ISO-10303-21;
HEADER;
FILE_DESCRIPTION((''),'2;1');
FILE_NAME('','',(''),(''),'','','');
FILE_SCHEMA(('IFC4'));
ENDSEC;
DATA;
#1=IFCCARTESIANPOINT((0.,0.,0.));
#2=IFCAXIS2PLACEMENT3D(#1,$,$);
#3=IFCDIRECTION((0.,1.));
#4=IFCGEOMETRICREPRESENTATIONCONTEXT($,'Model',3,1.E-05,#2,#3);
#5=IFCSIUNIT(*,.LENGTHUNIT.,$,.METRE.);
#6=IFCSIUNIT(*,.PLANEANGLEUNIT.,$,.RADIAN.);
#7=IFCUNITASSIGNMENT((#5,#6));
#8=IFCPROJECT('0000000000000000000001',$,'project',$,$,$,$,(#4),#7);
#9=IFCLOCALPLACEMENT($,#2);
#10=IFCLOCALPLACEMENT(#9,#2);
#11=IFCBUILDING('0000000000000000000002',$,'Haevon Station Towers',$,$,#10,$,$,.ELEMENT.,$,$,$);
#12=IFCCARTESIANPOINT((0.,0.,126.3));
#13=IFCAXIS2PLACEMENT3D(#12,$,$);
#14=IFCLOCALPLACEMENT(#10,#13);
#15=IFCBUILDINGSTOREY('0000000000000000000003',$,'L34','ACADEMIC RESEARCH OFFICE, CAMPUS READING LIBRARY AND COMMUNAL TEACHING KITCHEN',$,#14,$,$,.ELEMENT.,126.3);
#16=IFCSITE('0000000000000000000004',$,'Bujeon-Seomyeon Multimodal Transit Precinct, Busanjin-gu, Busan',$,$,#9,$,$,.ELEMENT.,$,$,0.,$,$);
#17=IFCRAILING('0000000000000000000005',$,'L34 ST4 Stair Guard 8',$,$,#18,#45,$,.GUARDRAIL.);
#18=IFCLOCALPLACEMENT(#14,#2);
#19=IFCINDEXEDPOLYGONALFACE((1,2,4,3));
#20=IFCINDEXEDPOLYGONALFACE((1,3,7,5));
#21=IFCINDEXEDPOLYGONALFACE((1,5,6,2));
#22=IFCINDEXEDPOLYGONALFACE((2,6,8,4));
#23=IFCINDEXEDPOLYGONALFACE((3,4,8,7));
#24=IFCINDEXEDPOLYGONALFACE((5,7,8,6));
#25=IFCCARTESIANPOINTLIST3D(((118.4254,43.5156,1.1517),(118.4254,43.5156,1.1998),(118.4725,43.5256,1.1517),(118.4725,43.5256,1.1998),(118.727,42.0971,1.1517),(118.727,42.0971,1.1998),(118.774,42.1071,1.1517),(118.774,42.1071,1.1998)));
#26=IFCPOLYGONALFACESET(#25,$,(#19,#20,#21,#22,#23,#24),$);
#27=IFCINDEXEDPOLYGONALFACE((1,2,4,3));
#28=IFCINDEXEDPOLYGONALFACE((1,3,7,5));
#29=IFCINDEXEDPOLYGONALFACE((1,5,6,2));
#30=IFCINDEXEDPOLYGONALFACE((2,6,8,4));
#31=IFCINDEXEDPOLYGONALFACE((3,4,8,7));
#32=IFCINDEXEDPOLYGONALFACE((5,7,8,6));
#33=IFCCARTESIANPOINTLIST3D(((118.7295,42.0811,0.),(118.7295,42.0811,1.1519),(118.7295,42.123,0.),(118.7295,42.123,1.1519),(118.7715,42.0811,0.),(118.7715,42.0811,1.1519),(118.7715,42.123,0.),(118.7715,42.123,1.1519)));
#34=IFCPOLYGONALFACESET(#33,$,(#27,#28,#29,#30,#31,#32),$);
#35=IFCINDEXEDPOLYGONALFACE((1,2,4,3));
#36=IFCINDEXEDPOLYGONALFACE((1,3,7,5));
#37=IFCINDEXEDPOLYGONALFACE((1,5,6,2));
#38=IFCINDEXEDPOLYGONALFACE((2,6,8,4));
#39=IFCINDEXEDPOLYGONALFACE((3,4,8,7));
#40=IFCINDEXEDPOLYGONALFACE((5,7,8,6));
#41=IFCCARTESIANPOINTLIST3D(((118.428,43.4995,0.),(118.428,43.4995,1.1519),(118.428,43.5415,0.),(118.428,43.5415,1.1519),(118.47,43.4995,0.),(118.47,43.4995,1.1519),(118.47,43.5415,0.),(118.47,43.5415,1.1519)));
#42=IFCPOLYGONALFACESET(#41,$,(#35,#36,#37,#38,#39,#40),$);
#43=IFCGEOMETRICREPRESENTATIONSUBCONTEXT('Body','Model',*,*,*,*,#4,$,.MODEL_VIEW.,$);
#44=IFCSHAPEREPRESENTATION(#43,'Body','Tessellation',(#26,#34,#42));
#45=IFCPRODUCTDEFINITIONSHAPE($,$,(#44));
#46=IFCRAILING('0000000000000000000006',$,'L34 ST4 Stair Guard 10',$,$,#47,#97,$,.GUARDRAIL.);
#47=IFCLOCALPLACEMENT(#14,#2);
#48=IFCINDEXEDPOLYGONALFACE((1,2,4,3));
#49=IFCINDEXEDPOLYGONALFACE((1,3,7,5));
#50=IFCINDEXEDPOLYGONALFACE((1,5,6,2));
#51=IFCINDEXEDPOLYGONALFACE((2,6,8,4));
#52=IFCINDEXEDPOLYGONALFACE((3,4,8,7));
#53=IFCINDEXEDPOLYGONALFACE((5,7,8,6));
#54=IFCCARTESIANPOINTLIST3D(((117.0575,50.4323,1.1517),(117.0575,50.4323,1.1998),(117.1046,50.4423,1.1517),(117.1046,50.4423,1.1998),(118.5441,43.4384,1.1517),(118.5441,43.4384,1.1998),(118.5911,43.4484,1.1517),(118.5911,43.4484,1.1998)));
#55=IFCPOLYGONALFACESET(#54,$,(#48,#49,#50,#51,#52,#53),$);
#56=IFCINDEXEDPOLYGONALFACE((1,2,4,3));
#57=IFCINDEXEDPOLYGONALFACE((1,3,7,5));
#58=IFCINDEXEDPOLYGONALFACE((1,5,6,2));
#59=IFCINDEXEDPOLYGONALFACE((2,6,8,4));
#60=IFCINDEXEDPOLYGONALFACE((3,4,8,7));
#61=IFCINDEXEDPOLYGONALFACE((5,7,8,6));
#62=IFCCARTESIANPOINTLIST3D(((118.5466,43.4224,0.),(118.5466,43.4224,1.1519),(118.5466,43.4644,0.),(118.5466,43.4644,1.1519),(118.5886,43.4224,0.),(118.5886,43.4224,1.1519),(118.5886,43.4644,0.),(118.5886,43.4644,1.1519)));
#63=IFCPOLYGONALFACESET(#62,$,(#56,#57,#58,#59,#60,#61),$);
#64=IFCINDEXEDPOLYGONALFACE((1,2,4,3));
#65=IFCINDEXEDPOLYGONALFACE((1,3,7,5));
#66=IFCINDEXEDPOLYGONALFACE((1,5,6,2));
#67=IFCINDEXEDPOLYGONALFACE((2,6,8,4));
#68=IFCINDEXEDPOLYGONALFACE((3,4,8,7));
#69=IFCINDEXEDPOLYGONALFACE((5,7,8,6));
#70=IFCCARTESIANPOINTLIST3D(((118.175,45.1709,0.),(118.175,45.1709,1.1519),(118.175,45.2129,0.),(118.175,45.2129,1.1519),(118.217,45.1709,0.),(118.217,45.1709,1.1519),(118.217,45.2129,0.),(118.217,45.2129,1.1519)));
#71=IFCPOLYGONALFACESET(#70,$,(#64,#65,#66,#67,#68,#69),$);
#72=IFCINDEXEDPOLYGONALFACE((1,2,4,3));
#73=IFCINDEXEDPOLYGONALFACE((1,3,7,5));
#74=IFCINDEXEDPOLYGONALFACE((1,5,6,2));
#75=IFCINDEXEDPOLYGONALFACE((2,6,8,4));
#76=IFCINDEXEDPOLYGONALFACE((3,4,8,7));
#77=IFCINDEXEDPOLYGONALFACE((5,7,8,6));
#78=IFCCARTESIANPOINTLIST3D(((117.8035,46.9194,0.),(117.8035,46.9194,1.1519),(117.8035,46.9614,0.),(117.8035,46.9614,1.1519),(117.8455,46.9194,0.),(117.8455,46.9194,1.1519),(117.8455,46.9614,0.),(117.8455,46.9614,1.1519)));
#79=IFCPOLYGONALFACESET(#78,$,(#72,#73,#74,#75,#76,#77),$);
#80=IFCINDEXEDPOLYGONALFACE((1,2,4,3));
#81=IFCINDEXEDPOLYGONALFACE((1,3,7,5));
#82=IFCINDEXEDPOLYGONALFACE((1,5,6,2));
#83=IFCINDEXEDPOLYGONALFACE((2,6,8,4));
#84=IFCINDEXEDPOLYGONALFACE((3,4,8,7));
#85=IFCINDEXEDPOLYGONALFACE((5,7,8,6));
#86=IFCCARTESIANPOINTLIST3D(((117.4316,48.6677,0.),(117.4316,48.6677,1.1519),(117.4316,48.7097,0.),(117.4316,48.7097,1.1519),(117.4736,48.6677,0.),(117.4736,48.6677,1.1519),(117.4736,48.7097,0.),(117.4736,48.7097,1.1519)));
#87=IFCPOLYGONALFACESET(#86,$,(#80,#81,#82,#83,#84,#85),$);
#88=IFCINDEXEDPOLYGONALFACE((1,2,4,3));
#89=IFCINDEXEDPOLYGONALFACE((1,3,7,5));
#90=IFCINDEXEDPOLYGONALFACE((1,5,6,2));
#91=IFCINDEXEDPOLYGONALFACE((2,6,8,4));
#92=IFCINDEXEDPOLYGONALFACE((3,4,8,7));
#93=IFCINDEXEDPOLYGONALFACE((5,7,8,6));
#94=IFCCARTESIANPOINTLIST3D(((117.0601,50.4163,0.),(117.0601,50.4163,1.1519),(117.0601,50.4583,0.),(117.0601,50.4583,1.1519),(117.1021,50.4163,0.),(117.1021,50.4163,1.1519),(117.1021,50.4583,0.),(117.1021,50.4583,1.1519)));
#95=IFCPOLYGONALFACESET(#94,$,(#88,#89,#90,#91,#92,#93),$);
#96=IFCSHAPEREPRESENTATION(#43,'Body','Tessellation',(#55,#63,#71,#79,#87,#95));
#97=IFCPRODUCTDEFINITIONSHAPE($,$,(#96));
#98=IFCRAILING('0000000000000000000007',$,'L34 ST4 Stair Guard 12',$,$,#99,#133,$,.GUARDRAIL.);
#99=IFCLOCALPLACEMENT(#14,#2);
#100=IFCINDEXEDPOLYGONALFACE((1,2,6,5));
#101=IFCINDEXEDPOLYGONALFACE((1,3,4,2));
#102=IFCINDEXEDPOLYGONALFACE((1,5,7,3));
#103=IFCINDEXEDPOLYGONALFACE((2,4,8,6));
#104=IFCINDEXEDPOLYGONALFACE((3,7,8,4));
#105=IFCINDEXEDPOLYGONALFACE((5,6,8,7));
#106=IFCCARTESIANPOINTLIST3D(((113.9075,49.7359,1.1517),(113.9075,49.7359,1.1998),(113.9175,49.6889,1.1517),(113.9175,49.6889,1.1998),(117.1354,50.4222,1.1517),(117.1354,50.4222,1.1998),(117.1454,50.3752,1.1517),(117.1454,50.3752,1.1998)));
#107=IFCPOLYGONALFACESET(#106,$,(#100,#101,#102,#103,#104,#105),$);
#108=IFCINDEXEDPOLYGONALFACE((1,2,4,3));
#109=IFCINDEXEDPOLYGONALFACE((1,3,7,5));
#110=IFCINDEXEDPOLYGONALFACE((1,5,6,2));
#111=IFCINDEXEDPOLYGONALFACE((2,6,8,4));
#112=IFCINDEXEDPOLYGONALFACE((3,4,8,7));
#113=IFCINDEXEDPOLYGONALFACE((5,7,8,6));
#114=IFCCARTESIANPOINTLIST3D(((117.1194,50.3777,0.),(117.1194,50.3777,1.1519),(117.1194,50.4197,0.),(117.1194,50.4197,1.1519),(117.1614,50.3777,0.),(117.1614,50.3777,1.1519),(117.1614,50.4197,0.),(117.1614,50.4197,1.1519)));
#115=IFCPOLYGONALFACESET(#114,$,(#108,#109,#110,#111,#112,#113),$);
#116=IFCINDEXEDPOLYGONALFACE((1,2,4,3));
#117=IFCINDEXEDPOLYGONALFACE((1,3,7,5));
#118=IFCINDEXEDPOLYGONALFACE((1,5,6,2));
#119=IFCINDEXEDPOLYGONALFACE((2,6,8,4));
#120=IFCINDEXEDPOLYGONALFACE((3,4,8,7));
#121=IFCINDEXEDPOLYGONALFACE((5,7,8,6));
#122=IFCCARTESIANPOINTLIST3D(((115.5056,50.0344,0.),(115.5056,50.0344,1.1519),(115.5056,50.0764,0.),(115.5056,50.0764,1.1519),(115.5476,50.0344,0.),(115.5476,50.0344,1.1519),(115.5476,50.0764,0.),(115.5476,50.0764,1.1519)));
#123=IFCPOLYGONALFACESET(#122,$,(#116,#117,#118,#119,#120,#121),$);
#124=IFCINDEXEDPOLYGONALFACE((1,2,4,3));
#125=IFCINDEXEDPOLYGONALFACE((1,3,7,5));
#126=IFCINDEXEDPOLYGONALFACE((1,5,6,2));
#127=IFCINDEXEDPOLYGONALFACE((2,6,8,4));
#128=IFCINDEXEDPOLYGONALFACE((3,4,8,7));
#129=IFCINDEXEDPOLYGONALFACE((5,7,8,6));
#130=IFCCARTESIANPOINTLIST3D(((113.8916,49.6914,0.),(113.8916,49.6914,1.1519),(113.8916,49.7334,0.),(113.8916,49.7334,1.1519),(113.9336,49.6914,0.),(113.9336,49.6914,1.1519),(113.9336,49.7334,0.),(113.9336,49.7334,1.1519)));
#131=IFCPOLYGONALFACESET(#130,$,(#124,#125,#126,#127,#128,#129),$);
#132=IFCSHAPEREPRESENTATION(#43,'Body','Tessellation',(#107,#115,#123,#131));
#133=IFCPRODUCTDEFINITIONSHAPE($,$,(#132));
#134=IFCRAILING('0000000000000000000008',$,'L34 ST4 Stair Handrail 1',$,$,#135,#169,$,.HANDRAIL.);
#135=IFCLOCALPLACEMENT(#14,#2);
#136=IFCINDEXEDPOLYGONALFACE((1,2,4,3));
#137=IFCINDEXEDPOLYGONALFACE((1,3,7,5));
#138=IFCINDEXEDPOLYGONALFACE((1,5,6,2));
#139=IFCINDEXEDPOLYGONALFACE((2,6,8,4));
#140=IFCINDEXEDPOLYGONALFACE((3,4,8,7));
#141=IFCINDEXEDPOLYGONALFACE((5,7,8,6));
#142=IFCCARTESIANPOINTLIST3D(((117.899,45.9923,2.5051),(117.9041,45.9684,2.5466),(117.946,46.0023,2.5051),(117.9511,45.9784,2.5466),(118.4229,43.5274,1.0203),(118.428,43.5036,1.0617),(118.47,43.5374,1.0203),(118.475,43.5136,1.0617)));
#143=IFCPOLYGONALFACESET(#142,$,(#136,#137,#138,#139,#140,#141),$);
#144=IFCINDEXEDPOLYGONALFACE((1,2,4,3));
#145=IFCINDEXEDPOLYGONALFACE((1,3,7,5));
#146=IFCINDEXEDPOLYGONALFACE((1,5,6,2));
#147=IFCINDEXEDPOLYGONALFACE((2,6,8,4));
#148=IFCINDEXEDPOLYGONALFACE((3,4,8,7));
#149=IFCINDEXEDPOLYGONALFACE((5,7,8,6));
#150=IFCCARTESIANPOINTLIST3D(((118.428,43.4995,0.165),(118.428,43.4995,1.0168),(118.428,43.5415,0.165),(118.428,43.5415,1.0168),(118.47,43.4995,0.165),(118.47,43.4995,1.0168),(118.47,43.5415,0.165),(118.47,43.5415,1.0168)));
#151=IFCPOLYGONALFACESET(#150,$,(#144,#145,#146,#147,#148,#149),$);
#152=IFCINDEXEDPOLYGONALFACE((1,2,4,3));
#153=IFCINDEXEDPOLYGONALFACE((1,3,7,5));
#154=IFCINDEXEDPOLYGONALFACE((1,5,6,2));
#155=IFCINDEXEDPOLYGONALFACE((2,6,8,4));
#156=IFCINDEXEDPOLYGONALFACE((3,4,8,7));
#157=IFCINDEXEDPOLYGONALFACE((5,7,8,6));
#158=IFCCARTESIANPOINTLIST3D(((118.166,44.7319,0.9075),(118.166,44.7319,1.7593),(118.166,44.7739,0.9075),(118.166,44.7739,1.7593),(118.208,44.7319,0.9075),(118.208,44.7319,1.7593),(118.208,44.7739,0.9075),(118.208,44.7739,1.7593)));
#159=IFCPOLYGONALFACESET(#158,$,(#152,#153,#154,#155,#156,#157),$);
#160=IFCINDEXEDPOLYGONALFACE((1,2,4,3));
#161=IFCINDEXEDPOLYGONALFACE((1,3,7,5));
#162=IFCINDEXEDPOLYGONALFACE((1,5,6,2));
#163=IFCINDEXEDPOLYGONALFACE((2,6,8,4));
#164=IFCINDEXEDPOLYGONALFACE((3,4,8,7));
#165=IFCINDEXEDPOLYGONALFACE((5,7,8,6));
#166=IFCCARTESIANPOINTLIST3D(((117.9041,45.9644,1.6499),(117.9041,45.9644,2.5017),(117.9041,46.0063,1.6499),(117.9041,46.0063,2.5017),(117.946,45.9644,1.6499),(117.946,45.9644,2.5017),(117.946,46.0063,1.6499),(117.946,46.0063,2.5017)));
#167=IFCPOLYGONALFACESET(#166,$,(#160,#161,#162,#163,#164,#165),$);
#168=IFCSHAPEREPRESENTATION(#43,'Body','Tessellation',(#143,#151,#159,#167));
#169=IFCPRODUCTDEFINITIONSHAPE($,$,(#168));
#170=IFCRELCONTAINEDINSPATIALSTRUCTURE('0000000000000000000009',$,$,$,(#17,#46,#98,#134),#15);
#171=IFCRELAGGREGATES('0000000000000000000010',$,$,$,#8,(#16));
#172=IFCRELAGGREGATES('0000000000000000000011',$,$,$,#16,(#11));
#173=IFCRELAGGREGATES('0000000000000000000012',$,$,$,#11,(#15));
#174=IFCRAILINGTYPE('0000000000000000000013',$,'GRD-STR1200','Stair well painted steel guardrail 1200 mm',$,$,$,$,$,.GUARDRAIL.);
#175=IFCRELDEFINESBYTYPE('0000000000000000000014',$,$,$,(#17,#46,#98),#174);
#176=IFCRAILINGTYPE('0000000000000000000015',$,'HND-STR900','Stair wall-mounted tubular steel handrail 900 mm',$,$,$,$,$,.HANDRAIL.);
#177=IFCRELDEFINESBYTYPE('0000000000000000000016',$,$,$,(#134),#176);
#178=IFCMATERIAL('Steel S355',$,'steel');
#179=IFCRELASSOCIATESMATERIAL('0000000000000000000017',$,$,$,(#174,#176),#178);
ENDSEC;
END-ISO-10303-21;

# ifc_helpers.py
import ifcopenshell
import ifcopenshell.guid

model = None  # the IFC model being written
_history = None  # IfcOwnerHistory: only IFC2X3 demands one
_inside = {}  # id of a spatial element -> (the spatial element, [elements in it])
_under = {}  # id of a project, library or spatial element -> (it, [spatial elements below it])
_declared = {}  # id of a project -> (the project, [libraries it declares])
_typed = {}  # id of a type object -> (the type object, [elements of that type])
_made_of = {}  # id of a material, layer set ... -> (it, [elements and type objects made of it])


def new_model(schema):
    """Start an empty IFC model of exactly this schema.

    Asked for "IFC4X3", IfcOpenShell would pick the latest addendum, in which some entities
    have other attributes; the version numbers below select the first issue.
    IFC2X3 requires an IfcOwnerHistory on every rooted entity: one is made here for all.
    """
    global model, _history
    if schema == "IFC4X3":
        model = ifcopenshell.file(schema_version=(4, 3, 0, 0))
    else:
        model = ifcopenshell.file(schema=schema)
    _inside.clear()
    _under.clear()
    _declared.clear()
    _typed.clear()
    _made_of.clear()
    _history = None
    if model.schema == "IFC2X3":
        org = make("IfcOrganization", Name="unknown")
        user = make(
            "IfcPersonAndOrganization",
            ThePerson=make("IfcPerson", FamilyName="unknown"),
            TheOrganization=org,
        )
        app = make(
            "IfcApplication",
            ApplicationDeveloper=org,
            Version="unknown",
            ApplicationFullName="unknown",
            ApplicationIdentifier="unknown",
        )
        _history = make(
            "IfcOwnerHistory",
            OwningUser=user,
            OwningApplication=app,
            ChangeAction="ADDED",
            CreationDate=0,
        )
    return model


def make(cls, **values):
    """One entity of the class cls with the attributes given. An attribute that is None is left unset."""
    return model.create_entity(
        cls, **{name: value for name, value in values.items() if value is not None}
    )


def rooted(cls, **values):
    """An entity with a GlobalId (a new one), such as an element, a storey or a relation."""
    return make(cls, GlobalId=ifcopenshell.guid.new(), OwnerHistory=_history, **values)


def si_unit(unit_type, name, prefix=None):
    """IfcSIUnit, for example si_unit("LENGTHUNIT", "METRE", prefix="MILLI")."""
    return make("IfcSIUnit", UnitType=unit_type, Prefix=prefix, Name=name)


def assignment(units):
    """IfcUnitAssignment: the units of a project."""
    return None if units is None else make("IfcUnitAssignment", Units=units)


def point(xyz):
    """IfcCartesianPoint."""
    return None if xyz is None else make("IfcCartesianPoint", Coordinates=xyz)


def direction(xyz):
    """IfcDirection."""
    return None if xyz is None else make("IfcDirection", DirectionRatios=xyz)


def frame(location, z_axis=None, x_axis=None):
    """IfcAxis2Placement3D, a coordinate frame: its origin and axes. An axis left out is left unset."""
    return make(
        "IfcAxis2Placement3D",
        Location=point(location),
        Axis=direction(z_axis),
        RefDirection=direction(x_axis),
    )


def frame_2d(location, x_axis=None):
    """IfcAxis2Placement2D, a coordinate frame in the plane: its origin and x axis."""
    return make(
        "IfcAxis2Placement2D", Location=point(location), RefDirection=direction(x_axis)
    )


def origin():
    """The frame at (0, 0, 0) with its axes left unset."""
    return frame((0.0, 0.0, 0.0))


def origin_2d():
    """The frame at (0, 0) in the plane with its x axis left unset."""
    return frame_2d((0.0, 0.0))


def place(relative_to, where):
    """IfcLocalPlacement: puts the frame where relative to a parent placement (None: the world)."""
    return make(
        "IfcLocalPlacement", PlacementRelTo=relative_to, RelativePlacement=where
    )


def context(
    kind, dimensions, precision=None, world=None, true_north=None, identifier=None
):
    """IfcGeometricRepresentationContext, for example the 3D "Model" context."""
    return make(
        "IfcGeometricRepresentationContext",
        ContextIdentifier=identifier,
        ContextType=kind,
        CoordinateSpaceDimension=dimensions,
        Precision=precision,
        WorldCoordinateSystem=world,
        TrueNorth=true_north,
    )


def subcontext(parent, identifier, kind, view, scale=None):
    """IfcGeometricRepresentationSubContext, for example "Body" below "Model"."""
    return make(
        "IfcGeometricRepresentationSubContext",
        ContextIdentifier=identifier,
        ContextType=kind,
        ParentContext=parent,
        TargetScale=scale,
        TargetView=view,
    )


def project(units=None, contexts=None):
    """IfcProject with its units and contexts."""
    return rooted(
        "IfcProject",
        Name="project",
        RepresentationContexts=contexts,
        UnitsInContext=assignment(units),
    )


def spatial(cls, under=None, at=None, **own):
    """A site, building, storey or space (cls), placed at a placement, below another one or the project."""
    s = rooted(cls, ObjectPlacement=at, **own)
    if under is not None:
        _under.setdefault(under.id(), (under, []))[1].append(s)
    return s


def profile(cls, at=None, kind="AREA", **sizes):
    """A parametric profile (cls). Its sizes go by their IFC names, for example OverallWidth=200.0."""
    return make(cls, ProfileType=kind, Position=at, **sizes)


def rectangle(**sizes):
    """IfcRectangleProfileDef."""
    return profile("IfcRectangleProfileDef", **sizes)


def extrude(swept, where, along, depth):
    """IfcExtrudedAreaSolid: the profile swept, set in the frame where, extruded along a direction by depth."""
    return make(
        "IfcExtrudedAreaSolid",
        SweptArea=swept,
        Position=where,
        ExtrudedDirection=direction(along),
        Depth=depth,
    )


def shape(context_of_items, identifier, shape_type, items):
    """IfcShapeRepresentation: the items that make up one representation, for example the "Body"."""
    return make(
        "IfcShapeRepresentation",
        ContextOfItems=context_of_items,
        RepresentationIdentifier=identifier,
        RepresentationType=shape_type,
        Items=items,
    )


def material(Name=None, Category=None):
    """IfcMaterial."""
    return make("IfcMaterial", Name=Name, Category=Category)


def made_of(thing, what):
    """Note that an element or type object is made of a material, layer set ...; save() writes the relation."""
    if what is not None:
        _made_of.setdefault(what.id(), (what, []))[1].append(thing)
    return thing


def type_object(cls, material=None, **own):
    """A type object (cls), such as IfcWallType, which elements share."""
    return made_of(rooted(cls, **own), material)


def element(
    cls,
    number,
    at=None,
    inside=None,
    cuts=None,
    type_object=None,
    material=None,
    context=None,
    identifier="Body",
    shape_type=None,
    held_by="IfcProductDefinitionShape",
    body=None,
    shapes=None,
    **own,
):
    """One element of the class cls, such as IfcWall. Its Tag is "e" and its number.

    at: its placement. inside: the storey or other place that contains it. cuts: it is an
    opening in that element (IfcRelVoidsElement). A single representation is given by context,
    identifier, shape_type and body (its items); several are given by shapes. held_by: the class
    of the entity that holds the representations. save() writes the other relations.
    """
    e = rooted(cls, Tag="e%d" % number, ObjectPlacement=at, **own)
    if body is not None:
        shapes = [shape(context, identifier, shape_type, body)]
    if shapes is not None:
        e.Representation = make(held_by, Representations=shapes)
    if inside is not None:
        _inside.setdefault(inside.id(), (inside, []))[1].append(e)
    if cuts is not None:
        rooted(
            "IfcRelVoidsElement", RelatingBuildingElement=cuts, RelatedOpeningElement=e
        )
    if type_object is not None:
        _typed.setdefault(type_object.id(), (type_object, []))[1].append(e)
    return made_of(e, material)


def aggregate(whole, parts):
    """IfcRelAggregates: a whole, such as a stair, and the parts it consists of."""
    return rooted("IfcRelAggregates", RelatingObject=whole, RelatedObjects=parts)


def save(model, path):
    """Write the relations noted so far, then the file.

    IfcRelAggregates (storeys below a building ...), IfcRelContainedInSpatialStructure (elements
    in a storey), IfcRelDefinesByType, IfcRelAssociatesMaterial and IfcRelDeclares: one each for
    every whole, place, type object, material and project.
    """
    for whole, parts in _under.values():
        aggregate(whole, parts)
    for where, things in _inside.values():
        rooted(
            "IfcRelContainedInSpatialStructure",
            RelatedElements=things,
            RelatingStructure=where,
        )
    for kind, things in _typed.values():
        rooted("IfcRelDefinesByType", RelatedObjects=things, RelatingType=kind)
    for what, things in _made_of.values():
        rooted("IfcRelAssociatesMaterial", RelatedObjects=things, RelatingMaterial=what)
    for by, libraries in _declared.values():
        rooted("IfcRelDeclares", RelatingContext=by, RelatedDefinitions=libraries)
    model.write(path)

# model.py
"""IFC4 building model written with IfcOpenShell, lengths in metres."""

from ifc_helpers import new_model, si_unit, direction, frame, origin, origin_2d, place, context, subcontext, project, spatial, rectangle, extrude, material, type_object, element, save


model = new_model("IFC4")

# Units and contexts
model_context = context("Model", 3, precision=1e-05, world=origin(), true_north=direction((0.0, 1.0)))
body_context = subcontext(model_context, "Body", "Model", "MODEL_VIEW")
ifc_project = project(units=[si_unit("LENGTHUNIT", "METRE"), si_unit("PLANEANGLEUNIT", "RADIAN")], contexts=[model_context])

# Site, building, storey
site_placement = place(None, origin())
site = spatial("IfcSite", under=ifc_project, at=site_placement, Name="Bujeon-Seomyeon Multimodal Transit Precinct, Busanjin-gu, Busan", CompositionType="ELEMENT", RefElevation=0.0)
building_placement = place(site_placement, origin())
building = spatial("IfcBuilding", under=site, at=building_placement, Name="Haevon Station Towers", CompositionType="ELEMENT")
storey_placement = place(building_placement, frame((0.0, 0.0, 126.3)))
storey = spatial("IfcBuildingStorey", under=building, at=storey_placement, Name="L34", Description="ACADEMIC RESEARCH OFFICE, CAMPUS READING LIBRARY AND COMMUNAL TEACHING KITCHEN", CompositionType="ELEMENT", Elevation=126.3)

# Shared definitions
ifc_material_1 = material(Name="Steel S355", Category="steel")

# Railings
railing_type_1 = type_object("IfcRailingType", Name="GRD-STR1200", Description="Stair well painted steel guardrail 1200 mm", PredefinedType="GUARDRAIL", material=ifc_material_1)
railing_1_placement = place(storey_placement, frame((118.7505, 42.1021, 0.0)))
element("IfcRailing", 1, at=railing_1_placement, inside=storey, type_object=railing_type_1, Name="L34 ST4 Stair Guard 8", PredefinedType="GUARDRAIL", context=body_context, shape_type="SweptSolid", body=[
    extrude(rectangle(XDim=0.0481, YDim=0.0481, at=origin_2d()), frame((0.0, 0.0, 1.1758), z_axis=(-0.207919, 0.978146, 0.0), x_axis=(-0.978146, -0.207919, 0.0)), (0.0, 0.0, 1.0), 1.4502),
    extrude(rectangle(XDim=0.042, YDim=0.042, at=origin_2d()), origin(), (0.0, 0.0, 1.0), 1.1519),
    extrude(rectangle(XDim=0.042, YDim=0.042, at=origin_2d()), frame((-0.3015, 1.4185, 0.0)), (0.0, 0.0, 1.0), 1.1519),
])
railing_2_placement = place(storey_placement, frame((118.5676, 43.4434, 0.0)))
element("IfcRailing", 2, at=railing_2_placement, inside=storey, type_object=railing_type_1, Name="L34 ST4 Stair Guard 10", PredefinedType="GUARDRAIL", context=body_context, shape_type="SweptSolid", body=[
    extrude(rectangle(XDim=0.0481, YDim=0.0481, at=origin_2d()), frame((0.0, 0.0, 1.1758), z_axis=(-0.207908, 0.978148, 0.0), x_axis=(-0.978148, -0.207908, 0.0)), (0.0, 0.0, 1.0), 7.1501),
    extrude(rectangle(XDim=0.042, YDim=0.042, at=origin_2d()), origin(), (0.0, 0.0, 1.0), 1.1519),
    extrude(rectangle(XDim=0.042, YDim=0.042, at=origin_2d()), frame((-0.3716, 1.7485, 0.0)), (0.0, 0.0, 1.0), 1.1519),
    extrude(rectangle(XDim=0.042, YDim=0.042, at=origin_2d()), frame((-0.7432, 3.4971, 0.0)), (0.0, 0.0, 1.0), 1.1519),
    extrude(rectangle(XDim=0.042, YDim=0.042, at=origin_2d()), frame((-1.115, 5.2454, 0.0)), (0.0, 0.0, 1.0), 1.1519),
    extrude(rectangle(XDim=0.042, YDim=0.042, at=origin_2d()), frame((-1.4866, 6.9939, 0.0)), (0.0, 0.0, 1.0), 1.1519),
])
railing_3_placement = place(storey_placement, frame((117.1404, 50.3987, 0.0)))
element("IfcRailing", 3, at=railing_3_placement, inside=storey, type_object=railing_type_1, Name="L34 ST4 Stair Guard 12", PredefinedType="GUARDRAIL", context=body_context, shape_type="SweptSolid", body=[
    extrude(rectangle(XDim=0.0481, YDim=0.0481, at=origin_2d()), frame((0.0, 0.0, 1.1758), z_axis=(-0.978136, -0.207968, 0.0), x_axis=(0.207968, -0.978136, 0.0)), (0.0, 0.0, 1.0), 3.3),
    extrude(rectangle(XDim=0.042, YDim=0.042, at=origin_2d()), origin(), (0.0, 0.0, 1.0), 1.1519),
    extrude(rectangle(XDim=0.042, YDim=0.042, at=origin_2d()), frame((-1.6138, -0.3433, 0.0)), (0.0, 0.0, 1.0), 1.1519),
    extrude(rectangle(XDim=0.042, YDim=0.042, at=origin_2d()), frame((-3.2278, -0.6863, 0.0)), (0.0, 0.0, 1.0), 1.1519),
])
railing_type_2 = type_object("IfcRailingType", Name="HND-STR900", Description="Stair wall-mounted tubular steel handrail 900 mm", PredefinedType="HANDRAIL", material=ifc_material_1)
railing_4_placement = place(storey_placement, frame((118.449, 43.5205, 0.165)))
element("IfcRailing", 4, at=railing_4_placement, inside=storey, type_object=railing_type_2, Name="L34 ST4 Stair Handrail 1", PredefinedType="HANDRAIL", context=body_context, shape_type="SweptSolid", body=[
    extrude(rectangle(XDim=0.0481, YDim=0.0481, at=origin_2d()), frame((0.0, 0.0, 0.876), z_axis=(-0.179129, 0.842724, 0.507671), x_axis=(-0.978147, -0.207914, 0.0)), (0.0, 0.0, 1.0), 2.9248),
    extrude(rectangle(XDim=0.042, YDim=0.042, at=origin_2d()), origin(), (0.0, 0.0, 1.0), 0.8518),
    extrude(rectangle(XDim=0.042, YDim=0.042, at=origin_2d()), frame((-0.262, 1.2324, 0.7424)), (0.0, 0.0, 1.0), 0.8518),
    extrude(rectangle(XDim=0.042, YDim=0.042, at=origin_2d()), frame((-0.5239, 2.4648, 1.4849)), (0.0, 0.0, 1.0), 0.8518),
])

save(model, "model.ifc")
